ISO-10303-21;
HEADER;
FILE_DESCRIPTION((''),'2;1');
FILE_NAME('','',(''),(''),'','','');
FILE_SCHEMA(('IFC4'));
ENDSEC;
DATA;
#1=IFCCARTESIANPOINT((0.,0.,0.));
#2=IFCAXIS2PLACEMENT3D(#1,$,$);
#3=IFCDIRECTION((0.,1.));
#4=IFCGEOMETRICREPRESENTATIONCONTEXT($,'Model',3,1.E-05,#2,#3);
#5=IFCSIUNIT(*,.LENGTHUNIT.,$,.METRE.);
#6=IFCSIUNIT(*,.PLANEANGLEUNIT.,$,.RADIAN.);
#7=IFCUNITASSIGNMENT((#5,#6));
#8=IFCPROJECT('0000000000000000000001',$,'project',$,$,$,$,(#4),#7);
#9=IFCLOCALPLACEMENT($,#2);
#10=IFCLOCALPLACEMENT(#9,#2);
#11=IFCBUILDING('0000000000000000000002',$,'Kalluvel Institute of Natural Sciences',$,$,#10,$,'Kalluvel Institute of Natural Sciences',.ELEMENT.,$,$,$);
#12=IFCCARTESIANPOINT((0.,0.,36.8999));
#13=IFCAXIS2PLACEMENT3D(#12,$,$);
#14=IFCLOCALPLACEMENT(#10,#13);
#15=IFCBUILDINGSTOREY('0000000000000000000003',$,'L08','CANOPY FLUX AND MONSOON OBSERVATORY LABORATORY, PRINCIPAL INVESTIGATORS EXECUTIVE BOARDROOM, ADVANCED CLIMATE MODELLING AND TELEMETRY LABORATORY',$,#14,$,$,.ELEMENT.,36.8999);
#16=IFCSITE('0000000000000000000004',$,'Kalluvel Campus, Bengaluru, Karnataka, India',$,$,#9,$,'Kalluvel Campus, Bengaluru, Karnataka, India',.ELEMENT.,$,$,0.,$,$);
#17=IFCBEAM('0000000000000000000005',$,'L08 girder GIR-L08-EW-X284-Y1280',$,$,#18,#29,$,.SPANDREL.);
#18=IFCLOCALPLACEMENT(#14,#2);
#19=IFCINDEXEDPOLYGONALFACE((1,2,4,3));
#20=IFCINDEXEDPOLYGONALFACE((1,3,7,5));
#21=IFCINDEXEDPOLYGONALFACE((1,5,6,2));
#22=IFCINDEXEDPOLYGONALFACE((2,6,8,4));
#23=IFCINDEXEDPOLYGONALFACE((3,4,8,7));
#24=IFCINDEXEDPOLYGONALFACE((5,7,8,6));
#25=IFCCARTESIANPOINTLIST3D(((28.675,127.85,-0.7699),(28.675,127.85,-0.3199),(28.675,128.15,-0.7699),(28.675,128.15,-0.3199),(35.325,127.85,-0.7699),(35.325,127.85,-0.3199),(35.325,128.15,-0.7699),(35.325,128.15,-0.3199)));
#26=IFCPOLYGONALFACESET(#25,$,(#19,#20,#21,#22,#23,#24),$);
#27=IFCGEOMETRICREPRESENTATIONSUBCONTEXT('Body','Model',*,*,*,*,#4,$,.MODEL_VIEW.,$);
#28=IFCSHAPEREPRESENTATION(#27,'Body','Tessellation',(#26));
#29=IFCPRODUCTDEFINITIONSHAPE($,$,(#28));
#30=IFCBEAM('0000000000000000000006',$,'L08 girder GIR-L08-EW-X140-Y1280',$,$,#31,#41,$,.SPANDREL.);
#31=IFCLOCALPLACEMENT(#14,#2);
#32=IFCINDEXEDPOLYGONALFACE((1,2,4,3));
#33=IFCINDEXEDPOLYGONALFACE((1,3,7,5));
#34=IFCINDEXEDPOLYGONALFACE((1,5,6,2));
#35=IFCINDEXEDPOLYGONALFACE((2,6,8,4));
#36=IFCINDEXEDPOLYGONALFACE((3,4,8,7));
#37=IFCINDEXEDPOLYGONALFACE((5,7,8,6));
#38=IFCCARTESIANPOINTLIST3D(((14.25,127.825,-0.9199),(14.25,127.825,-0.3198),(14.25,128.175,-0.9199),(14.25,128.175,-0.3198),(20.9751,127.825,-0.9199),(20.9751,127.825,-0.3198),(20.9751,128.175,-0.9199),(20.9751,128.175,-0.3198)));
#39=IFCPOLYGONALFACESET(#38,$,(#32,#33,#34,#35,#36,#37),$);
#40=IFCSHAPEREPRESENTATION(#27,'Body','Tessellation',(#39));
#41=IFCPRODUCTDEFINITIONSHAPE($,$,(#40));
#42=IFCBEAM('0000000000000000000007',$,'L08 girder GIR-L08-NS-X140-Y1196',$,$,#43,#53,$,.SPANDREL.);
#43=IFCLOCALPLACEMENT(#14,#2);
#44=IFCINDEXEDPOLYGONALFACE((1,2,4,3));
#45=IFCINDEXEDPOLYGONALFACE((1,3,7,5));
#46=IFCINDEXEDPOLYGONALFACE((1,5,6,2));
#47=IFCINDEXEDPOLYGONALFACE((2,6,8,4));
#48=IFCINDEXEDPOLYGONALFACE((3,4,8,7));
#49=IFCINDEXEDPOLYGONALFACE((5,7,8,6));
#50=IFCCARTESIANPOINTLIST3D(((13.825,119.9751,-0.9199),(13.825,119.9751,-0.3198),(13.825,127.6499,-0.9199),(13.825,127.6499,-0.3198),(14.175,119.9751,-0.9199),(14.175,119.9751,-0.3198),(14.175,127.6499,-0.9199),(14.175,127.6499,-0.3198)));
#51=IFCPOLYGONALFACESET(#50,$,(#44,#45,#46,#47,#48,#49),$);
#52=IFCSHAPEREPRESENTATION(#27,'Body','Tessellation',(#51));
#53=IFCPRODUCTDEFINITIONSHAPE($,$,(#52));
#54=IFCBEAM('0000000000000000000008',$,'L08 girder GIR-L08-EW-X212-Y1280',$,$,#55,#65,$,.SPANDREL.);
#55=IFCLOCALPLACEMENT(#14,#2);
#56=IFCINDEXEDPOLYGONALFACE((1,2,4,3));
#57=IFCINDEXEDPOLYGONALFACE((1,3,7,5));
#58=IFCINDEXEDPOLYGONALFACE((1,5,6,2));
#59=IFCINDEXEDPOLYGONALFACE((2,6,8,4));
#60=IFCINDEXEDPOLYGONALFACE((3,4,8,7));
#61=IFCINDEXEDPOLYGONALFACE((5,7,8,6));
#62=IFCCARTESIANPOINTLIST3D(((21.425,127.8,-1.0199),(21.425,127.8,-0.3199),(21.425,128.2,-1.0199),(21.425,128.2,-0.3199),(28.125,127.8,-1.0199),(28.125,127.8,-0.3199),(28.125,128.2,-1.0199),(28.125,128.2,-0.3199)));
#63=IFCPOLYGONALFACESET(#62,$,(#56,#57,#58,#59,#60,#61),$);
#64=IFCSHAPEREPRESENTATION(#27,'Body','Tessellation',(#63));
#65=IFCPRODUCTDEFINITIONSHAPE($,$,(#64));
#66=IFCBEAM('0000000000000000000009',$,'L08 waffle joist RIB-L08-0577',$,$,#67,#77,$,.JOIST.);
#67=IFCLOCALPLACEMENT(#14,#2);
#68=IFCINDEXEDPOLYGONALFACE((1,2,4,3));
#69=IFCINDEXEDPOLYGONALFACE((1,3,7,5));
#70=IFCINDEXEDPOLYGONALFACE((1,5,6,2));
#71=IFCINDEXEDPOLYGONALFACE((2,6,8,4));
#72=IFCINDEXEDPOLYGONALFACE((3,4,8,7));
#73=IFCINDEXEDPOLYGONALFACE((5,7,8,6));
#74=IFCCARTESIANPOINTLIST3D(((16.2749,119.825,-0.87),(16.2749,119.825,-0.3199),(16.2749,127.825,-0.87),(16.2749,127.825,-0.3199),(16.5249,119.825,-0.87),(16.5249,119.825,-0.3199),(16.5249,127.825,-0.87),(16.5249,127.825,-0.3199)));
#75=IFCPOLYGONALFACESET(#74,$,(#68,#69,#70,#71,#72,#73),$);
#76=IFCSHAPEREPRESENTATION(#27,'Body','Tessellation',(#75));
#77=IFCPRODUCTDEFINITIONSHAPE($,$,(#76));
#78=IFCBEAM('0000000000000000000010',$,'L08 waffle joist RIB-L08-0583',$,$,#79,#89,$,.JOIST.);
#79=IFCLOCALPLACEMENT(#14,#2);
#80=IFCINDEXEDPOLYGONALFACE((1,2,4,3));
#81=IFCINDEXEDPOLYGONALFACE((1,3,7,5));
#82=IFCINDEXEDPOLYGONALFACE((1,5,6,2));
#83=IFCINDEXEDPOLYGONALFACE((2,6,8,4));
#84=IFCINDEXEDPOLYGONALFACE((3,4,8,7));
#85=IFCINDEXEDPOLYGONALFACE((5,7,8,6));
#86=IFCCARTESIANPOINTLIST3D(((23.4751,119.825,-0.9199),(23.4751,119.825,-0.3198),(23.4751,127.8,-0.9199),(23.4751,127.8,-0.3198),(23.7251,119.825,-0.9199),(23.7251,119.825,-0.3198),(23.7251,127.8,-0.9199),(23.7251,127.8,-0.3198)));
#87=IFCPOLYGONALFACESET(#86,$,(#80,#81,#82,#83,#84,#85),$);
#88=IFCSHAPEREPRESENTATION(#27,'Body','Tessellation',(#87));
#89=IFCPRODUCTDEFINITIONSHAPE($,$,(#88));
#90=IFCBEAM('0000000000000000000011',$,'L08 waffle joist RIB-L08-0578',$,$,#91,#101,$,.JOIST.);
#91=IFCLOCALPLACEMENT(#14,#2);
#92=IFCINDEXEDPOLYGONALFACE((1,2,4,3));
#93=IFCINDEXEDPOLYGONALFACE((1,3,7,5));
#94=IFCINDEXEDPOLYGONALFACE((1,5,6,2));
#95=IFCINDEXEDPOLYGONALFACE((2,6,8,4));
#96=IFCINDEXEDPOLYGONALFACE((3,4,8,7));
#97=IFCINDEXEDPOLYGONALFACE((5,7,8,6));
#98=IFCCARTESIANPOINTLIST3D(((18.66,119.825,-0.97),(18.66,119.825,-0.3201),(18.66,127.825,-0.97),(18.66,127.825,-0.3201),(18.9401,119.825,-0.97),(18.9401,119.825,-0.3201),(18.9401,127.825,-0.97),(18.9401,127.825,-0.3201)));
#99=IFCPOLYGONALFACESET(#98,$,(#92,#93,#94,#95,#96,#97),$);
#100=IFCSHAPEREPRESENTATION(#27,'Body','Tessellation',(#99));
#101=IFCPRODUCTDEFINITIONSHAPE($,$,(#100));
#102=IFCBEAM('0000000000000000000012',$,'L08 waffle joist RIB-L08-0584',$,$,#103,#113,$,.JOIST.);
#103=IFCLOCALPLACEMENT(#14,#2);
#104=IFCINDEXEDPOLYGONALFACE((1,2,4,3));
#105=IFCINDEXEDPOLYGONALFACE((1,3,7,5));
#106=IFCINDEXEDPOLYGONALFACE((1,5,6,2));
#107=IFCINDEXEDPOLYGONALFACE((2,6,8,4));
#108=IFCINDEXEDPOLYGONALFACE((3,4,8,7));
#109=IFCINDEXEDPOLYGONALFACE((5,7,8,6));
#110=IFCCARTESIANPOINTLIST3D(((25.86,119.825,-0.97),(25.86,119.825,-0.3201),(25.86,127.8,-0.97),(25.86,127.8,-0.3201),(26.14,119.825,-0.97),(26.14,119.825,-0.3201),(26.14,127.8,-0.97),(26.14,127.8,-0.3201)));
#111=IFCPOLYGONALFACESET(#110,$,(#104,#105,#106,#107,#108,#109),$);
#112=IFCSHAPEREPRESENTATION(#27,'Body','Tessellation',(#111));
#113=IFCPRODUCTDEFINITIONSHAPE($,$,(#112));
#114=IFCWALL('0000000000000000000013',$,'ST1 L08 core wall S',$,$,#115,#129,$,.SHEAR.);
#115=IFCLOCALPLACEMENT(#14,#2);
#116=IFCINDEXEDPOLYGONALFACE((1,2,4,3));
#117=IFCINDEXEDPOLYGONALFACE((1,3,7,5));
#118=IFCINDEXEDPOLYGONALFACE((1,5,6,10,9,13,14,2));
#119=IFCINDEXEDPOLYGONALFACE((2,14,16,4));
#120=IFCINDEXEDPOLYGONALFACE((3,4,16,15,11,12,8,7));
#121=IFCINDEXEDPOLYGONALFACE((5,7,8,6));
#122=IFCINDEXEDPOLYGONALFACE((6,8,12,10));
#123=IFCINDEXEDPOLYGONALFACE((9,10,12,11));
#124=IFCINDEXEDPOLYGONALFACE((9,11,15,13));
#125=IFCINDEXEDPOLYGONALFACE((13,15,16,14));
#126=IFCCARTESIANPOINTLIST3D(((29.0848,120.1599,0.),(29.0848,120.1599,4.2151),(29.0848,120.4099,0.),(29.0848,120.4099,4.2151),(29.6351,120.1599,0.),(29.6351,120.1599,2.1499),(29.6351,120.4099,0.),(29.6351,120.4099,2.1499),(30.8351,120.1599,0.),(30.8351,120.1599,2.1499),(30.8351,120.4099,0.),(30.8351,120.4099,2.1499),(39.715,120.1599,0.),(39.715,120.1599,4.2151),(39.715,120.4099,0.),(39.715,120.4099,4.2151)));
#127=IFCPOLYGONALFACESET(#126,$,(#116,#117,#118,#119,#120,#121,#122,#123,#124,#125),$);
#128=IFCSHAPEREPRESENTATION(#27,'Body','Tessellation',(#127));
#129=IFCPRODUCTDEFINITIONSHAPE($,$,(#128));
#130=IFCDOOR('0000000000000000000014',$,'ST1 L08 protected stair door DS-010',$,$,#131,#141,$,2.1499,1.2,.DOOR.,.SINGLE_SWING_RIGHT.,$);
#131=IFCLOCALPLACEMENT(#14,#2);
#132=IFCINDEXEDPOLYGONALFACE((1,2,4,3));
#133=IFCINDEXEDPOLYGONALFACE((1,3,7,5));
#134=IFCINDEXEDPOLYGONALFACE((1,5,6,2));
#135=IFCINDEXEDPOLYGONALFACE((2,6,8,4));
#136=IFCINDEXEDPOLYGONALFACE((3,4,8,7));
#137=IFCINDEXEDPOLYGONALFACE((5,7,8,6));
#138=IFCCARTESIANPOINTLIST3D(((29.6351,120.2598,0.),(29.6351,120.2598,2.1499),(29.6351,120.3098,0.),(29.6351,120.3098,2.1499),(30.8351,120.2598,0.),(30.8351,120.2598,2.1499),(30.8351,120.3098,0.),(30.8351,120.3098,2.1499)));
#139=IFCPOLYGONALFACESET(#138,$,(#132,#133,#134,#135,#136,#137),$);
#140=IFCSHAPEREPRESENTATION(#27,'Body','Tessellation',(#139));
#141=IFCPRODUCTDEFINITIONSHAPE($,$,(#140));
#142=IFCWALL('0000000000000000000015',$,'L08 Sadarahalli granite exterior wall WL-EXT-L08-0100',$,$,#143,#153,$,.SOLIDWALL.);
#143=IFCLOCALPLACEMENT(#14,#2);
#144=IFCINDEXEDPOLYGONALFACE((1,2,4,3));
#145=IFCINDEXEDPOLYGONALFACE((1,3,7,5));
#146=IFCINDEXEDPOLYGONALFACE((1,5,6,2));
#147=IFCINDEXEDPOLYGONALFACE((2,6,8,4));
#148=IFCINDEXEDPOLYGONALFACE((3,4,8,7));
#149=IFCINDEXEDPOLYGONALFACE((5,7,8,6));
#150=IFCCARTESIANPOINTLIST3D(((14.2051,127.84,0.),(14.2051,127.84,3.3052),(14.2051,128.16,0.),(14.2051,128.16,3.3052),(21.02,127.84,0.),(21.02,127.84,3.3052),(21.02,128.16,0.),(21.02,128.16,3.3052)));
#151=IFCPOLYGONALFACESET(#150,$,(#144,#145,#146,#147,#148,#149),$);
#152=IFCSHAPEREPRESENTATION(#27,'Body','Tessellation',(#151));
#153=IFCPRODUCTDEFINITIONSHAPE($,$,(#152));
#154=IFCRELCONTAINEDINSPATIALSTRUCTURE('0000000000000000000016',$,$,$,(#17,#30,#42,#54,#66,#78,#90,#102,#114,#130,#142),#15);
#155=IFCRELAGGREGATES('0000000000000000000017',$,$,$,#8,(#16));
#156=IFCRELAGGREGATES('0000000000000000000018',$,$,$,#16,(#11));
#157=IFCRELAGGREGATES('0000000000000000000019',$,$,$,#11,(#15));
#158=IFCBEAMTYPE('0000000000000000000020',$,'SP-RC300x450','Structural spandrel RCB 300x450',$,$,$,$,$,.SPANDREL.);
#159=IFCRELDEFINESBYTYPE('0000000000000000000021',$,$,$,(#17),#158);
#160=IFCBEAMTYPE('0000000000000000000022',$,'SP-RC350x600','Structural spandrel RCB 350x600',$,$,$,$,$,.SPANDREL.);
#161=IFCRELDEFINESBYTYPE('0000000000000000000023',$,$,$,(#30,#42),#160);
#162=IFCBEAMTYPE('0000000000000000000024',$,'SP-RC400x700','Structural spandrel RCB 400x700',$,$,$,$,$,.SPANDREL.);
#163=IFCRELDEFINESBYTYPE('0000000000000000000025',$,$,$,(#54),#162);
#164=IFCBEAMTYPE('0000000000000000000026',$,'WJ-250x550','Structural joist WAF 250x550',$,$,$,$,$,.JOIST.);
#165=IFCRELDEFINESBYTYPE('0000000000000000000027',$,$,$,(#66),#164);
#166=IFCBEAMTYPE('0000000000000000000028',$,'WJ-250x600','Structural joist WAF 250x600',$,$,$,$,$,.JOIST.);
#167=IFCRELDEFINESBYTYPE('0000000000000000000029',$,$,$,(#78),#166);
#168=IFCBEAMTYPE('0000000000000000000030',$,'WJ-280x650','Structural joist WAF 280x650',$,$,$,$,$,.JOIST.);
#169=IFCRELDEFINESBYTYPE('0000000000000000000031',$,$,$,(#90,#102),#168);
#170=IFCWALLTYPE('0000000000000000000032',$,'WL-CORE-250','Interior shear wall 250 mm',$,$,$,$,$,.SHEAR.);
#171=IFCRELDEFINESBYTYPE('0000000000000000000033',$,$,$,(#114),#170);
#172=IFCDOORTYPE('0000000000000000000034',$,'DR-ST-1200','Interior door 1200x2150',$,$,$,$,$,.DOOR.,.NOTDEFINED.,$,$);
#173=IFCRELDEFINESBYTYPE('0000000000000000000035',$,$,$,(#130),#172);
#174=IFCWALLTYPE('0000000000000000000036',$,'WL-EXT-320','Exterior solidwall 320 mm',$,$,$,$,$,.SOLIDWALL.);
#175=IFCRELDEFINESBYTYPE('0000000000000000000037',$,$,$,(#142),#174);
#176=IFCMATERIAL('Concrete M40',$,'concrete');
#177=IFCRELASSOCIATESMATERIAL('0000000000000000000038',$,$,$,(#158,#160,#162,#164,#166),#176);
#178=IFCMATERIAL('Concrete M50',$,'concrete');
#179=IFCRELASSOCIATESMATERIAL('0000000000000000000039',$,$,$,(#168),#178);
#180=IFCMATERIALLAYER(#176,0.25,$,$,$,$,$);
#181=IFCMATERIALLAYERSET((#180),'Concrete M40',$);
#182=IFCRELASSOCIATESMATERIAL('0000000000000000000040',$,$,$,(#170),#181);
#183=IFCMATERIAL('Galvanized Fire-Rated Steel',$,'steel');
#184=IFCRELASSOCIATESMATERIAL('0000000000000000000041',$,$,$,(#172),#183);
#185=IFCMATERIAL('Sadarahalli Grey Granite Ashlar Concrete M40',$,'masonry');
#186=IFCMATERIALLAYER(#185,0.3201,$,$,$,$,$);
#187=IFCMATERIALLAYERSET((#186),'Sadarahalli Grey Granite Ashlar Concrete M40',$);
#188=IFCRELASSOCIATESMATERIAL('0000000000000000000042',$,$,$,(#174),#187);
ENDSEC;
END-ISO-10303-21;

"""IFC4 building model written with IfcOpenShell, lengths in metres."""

from ifc_helpers import new_model, si_unit, direction, frame, frame_2d, origin, origin_2d, place, context, subcontext, project, spatial, rectangle, extrude, material, layer, layer_set, material_profile, profile_set, type_object, element, fill, save


model = new_model("IFC4")

# Units and contexts
model_context = context("Model", 3, precision=1e-05, world=origin(), true_north=direction((0.0, 1.0)))
body_context = subcontext(model_context, "Body", "Model", "MODEL_VIEW")
ifc_project = project(units=[si_unit("LENGTHUNIT", "METRE"), si_unit("PLANEANGLEUNIT", "RADIAN")], contexts=[model_context])

# Site, building, storey
site_placement = place(None, origin())
site = spatial("IfcSite", under=ifc_project, at=site_placement, Name="Kalluvel Campus, Bengaluru, Karnataka, India", LongName="Kalluvel Campus, Bengaluru, Karnataka, India", CompositionType="ELEMENT", RefElevation=0.0)
building_placement = place(site_placement, origin())
building = spatial("IfcBuilding", under=site, at=building_placement, Name="Kalluvel Institute of Natural Sciences", LongName="Kalluvel Institute of Natural Sciences", CompositionType="ELEMENT")
storey_placement = place(building_placement, frame((0.0, 0.0, 36.8999)))
storey = spatial("IfcBuildingStorey", under=building, at=storey_placement, Name="L08", Description="CANOPY FLUX AND MONSOON OBSERVATORY LABORATORY, PRINCIPAL INVESTIGATORS EXECUTIVE BOARDROOM, ADVANCED CLIMATE MODELLING AND TELEMETRY LABORATORY", CompositionType="ELEMENT", Elevation=36.8999)

# Shared definitions
ifc_material_1 = material(Name="Concrete M40", Category="concrete")

# Beams
ifc_material_2 = material(Name="Concrete M50", Category="concrete")
ifc_material_profile_1 = material_profile(ifc_material_1, rectangle(XDim=0.3, YDim=0.45, at=origin_2d()), Name="RCB 300x450")
ifc_profile_set_1 = profile_set([ifc_material_profile_1], Name="Concrete M40")
beam_type_1 = type_object("IfcBeamType", Name="SP-RC300x450", Description="Structural spandrel RCB 300x450", PredefinedType="SPANDREL", material=ifc_profile_set_1)
beam_1_placement = place(storey_placement, frame((28.675, 128.0, -0.5449), z_axis=(1.0, 0.0, 0.0), x_axis=(0.0, 1.0, 0.0)))
element("IfcBeam", 1, at=beam_1_placement, inside=storey, type_object=beam_type_1, Name="L08 girder GIR-L08-EW-X284-Y1280", PredefinedType="SPANDREL", context=body_context, shape_type="SweptSolid", body=[
    extrude(rectangle(XDim=0.3, YDim=0.45, at=origin_2d()), origin(), (0.0, 0.0, 1.0), 6.6499),
])
ifc_material_profile_2 = material_profile(ifc_material_1, rectangle(XDim=0.3501, YDim=0.6001, at=origin_2d()), Name="RCB 350x600")
ifc_profile_set_2 = profile_set([ifc_material_profile_2], Name="Concrete M40")
beam_type_2 = type_object("IfcBeamType", Name="SP-RC350x600", Description="Structural spandrel RCB 350x600", PredefinedType="SPANDREL", material=ifc_profile_set_2)
beam_2_placement = place(storey_placement, frame((14.25, 128.0, -0.6199), z_axis=(1.0, 0.0, 0.0), x_axis=(0.0, 1.0, 0.0)))
element("IfcBeam", 2, at=beam_2_placement, inside=storey, type_object=beam_type_2, Name="L08 girder GIR-L08-EW-X140-Y1280", PredefinedType="SPANDREL", context=body_context, shape_type="SweptSolid", body=[
    extrude(rectangle(XDim=0.3501, YDim=0.6001, at=origin_2d()), origin(), (0.0, 0.0, 1.0), 6.7251),
])
beam_3_placement = place(storey_placement, frame((14.0, 119.9751, -0.6199), z_axis=(0.0, 1.0, 0.0), x_axis=(-1.0, 0.0, 0.0)))
element("IfcBeam", 3, at=beam_3_placement, inside=storey, type_object=beam_type_2, Name="L08 girder GIR-L08-NS-X140-Y1196", PredefinedType="SPANDREL", context=body_context, shape_type="SweptSolid", body=[
    extrude(rectangle(XDim=0.3501, YDim=0.6001, at=origin_2d()), origin(), (0.0, 0.0, 1.0), 7.6748),
])
ifc_material_profile_3 = material_profile(ifc_material_1, rectangle(XDim=0.3999, YDim=0.7, at=origin_2d()), Name="RCB 400x700")
ifc_profile_set_3 = profile_set([ifc_material_profile_3], Name="Concrete M40")
beam_type_3 = type_object("IfcBeamType", Name="SP-RC400x700", Description="Structural spandrel RCB 400x700", PredefinedType="SPANDREL", material=ifc_profile_set_3)
beam_4_placement = place(storey_placement, frame((21.425, 128.0, -0.6699), z_axis=(1.0, 0.0, 0.0), x_axis=(0.0, 1.0, 0.0)))
element("IfcBeam", 4, at=beam_4_placement, inside=storey, type_object=beam_type_3, Name="L08 girder GIR-L08-EW-X212-Y1280", PredefinedType="SPANDREL", context=body_context, shape_type="SweptSolid", body=[
    extrude(rectangle(XDim=0.3999, YDim=0.7, at=origin_2d()), origin(), (0.0, 0.0, 1.0), 6.7),
])
ifc_material_profile_4 = material_profile(ifc_material_1, rectangle(XDim=0.25, YDim=0.55, at=origin_2d()), Name="WAF 250x550")
ifc_profile_set_4 = profile_set([ifc_material_profile_4], Name="Concrete M40")
beam_type_4 = type_object("IfcBeamType", Name="WJ-250x550", Description="Structural joist WAF 250x550", PredefinedType="JOIST", material=ifc_profile_set_4)
beam_5_placement = place(storey_placement, frame((16.3999, 119.825, -0.595), z_axis=(0.0, 1.0, 0.0), x_axis=(-1.0, 0.0, 0.0)))
element("IfcBeam", 5, at=beam_5_placement, inside=storey, type_object=beam_type_4, Name="L08 waffle joist RIB-L08-0577", PredefinedType="JOIST", context=body_context, shape_type="SweptSolid", body=[
    extrude(rectangle(XDim=0.25, YDim=0.55, at=origin_2d()), origin(), (0.0, 0.0, 1.0), 8.0),
])
ifc_material_profile_5 = material_profile(ifc_material_1, rectangle(XDim=0.25, YDim=0.6001, at=origin_2d()), Name="WAF 250x600")
ifc_profile_set_5 = profile_set([ifc_material_profile_5], Name="Concrete M40")
beam_type_5 = type_object("IfcBeamType", Name="WJ-250x600", Description="Structural joist WAF 250x600", PredefinedType="JOIST", material=ifc_profile_set_5)
beam_6_placement = place(storey_placement, frame((23.6001, 119.825, -0.6199), z_axis=(0.0, 1.0, 0.0), x_axis=(-1.0, 0.0, 0.0)))
element("IfcBeam", 6, at=beam_6_placement, inside=storey, type_object=beam_type_5, Name="L08 waffle joist RIB-L08-0583", PredefinedType="JOIST", context=body_context, shape_type="SweptSolid", body=[
    extrude(rectangle(XDim=0.25, YDim=0.6001, at=origin_2d()), origin(), (0.0, 0.0, 1.0), 7.9751),
])
ifc_material_profile_6 = material_profile(ifc_material_2, rectangle(XDim=0.28, YDim=0.6499, at=origin_2d()), Name="WAF 280x650")
ifc_profile_set_6 = profile_set([ifc_material_profile_6], Name="Concrete M50")
beam_type_6 = type_object("IfcBeamType", Name="WJ-280x650", Description="Structural joist WAF 280x650", PredefinedType="JOIST", material=ifc_profile_set_6)
beam_7_placement = place(storey_placement, frame((18.8, 119.825, -0.645), z_axis=(0.0, 1.0, 0.0), x_axis=(-1.0, 0.0, 0.0)))
element("IfcBeam", 7, at=beam_7_placement, inside=storey, type_object=beam_type_6, Name="L08 waffle joist RIB-L08-0578", PredefinedType="JOIST", context=body_context, shape_type="SweptSolid", body=[
    extrude(rectangle(XDim=0.28, YDim=0.6499, at=origin_2d()), origin(), (0.0, 0.0, 1.0), 8.0),
])
beam_8_placement = place(storey_placement, frame((26.0, 119.825, -0.645), z_axis=(0.0, 1.0, 0.0), x_axis=(-1.0, 0.0, 0.0)))
element("IfcBeam", 8, at=beam_8_placement, inside=storey, type_object=beam_type_6, Name="L08 waffle joist RIB-L08-0584", PredefinedType="JOIST", context=body_context, shape_type="SweptSolid", body=[
    extrude(rectangle(XDim=0.28, YDim=0.6499, at=origin_2d()), origin(), (0.0, 0.0, 1.0), 7.9751),
])

# Wall, opening, door
ifc_layer_1 = layer(ifc_material_1, 0.25)
ifc_layer_set_1 = layer_set([ifc_layer_1], Name="Concrete M40")
wall_type_1 = type_object("IfcWallType", Name="WL-CORE-250", Description="Interior shear wall 250 mm", PredefinedType="SHEAR", material=ifc_layer_set_1)
wall_1_placement = place(storey_placement, frame((29.085, 120.2849, 0.0), z_axis=(0.0, 0.0, 1.0), x_axis=(1.0, 0.0, 0.0)))
wall_1 = element("IfcWall", 9, at=wall_1_placement, inside=storey, type_object=wall_type_1, Name="ST1 L08 core wall S", PredefinedType="SHEAR", context=body_context, shape_type="SweptSolid", body=[
    extrude(rectangle(XDim=10.6301, YDim=0.25, at=frame_2d((5.3149, 0.0))), origin(), (0.0, 0.0, 1.0), 4.2151),
])
opening_1_placement = place(wall_1_placement, frame((0.55, 0.0, 0.0)))
opening_1 = element("IfcOpeningElement", 10, at=opening_1_placement, cuts=wall_1, PredefinedType="OPENING", context=body_context, shape_type="SweptSolid", body=[
    extrude(rectangle(XDim=1.2, YDim=2.1499, at=frame_2d((0.6001, 1.075))), frame((0.0, 0.135, 0.0), z_axis=(0.0, -1.0, 0.0), x_axis=(1.0, 0.0, 0.0)), (0.0, 0.0, 1.0), 0.27),
])
ifc_material_3 = material(Name="Galvanized Fire-Rated Steel", Category="steel")
door_type = type_object("IfcDoorType", Name="DR-ST-1200", Description="Interior door 1200x2150", OperationType="NOTDEFINED", PredefinedType="DOOR", material=ifc_material_3)
door_placement = place(opening_1_placement, origin())
door = element("IfcDoor", 11, at=door_placement, inside=storey, type_object=door_type, Name="ST1 L08 protected stair door DS-010", OperationType="SINGLE_SWING_RIGHT", OverallHeight=2.1499, OverallWidth=1.2, PredefinedType="DOOR", context=body_context, shape_type="SweptSolid", body=[
    extrude(rectangle(XDim=1.2, YDim=2.1499, at=frame_2d((0.6001, 1.075))), frame((0.0, 0.0249, 0.0), z_axis=(0.0, -1.0, 0.0), x_axis=(1.0, 0.0, 0.0)), (0.0, 0.0, 1.0), 0.05),
])
fill(opening_1, door)

# Wall
ifc_material_4 = material(Name="Sadarahalli Grey Granite Ashlar Concrete M40", Category="masonry")
ifc_layer_2 = layer(ifc_material_4, 0.3201)
ifc_layer_set_2 = layer_set([ifc_layer_2], Name="Sadarahalli Grey Granite Ashlar Concrete M40")
wall_type_2 = type_object("IfcWallType", Name="WL-EXT-320", Description="Exterior solidwall 320 mm", PredefinedType="SOLIDWALL", material=ifc_layer_set_2)
wall_2_placement = place(storey_placement, frame((14.2051, 128.0, 0.0), z_axis=(0.0, 0.0, 1.0), x_axis=(1.0, 0.0, 0.0)))
element("IfcWall", 12, at=wall_2_placement, inside=storey, type_object=wall_type_2, Name="L08 Sadarahalli granite exterior wall WL-EXT-L08-0100", PredefinedType="SOLIDWALL", context=body_context, shape_type="SweptSolid", body=[
    extrude(rectangle(XDim=6.8149, YDim=0.3201, at=frame_2d((3.4075, 0.0))), origin(), (0.0, 0.0, 1.0), 3.3052),
])

save(model, "model.ifc")
